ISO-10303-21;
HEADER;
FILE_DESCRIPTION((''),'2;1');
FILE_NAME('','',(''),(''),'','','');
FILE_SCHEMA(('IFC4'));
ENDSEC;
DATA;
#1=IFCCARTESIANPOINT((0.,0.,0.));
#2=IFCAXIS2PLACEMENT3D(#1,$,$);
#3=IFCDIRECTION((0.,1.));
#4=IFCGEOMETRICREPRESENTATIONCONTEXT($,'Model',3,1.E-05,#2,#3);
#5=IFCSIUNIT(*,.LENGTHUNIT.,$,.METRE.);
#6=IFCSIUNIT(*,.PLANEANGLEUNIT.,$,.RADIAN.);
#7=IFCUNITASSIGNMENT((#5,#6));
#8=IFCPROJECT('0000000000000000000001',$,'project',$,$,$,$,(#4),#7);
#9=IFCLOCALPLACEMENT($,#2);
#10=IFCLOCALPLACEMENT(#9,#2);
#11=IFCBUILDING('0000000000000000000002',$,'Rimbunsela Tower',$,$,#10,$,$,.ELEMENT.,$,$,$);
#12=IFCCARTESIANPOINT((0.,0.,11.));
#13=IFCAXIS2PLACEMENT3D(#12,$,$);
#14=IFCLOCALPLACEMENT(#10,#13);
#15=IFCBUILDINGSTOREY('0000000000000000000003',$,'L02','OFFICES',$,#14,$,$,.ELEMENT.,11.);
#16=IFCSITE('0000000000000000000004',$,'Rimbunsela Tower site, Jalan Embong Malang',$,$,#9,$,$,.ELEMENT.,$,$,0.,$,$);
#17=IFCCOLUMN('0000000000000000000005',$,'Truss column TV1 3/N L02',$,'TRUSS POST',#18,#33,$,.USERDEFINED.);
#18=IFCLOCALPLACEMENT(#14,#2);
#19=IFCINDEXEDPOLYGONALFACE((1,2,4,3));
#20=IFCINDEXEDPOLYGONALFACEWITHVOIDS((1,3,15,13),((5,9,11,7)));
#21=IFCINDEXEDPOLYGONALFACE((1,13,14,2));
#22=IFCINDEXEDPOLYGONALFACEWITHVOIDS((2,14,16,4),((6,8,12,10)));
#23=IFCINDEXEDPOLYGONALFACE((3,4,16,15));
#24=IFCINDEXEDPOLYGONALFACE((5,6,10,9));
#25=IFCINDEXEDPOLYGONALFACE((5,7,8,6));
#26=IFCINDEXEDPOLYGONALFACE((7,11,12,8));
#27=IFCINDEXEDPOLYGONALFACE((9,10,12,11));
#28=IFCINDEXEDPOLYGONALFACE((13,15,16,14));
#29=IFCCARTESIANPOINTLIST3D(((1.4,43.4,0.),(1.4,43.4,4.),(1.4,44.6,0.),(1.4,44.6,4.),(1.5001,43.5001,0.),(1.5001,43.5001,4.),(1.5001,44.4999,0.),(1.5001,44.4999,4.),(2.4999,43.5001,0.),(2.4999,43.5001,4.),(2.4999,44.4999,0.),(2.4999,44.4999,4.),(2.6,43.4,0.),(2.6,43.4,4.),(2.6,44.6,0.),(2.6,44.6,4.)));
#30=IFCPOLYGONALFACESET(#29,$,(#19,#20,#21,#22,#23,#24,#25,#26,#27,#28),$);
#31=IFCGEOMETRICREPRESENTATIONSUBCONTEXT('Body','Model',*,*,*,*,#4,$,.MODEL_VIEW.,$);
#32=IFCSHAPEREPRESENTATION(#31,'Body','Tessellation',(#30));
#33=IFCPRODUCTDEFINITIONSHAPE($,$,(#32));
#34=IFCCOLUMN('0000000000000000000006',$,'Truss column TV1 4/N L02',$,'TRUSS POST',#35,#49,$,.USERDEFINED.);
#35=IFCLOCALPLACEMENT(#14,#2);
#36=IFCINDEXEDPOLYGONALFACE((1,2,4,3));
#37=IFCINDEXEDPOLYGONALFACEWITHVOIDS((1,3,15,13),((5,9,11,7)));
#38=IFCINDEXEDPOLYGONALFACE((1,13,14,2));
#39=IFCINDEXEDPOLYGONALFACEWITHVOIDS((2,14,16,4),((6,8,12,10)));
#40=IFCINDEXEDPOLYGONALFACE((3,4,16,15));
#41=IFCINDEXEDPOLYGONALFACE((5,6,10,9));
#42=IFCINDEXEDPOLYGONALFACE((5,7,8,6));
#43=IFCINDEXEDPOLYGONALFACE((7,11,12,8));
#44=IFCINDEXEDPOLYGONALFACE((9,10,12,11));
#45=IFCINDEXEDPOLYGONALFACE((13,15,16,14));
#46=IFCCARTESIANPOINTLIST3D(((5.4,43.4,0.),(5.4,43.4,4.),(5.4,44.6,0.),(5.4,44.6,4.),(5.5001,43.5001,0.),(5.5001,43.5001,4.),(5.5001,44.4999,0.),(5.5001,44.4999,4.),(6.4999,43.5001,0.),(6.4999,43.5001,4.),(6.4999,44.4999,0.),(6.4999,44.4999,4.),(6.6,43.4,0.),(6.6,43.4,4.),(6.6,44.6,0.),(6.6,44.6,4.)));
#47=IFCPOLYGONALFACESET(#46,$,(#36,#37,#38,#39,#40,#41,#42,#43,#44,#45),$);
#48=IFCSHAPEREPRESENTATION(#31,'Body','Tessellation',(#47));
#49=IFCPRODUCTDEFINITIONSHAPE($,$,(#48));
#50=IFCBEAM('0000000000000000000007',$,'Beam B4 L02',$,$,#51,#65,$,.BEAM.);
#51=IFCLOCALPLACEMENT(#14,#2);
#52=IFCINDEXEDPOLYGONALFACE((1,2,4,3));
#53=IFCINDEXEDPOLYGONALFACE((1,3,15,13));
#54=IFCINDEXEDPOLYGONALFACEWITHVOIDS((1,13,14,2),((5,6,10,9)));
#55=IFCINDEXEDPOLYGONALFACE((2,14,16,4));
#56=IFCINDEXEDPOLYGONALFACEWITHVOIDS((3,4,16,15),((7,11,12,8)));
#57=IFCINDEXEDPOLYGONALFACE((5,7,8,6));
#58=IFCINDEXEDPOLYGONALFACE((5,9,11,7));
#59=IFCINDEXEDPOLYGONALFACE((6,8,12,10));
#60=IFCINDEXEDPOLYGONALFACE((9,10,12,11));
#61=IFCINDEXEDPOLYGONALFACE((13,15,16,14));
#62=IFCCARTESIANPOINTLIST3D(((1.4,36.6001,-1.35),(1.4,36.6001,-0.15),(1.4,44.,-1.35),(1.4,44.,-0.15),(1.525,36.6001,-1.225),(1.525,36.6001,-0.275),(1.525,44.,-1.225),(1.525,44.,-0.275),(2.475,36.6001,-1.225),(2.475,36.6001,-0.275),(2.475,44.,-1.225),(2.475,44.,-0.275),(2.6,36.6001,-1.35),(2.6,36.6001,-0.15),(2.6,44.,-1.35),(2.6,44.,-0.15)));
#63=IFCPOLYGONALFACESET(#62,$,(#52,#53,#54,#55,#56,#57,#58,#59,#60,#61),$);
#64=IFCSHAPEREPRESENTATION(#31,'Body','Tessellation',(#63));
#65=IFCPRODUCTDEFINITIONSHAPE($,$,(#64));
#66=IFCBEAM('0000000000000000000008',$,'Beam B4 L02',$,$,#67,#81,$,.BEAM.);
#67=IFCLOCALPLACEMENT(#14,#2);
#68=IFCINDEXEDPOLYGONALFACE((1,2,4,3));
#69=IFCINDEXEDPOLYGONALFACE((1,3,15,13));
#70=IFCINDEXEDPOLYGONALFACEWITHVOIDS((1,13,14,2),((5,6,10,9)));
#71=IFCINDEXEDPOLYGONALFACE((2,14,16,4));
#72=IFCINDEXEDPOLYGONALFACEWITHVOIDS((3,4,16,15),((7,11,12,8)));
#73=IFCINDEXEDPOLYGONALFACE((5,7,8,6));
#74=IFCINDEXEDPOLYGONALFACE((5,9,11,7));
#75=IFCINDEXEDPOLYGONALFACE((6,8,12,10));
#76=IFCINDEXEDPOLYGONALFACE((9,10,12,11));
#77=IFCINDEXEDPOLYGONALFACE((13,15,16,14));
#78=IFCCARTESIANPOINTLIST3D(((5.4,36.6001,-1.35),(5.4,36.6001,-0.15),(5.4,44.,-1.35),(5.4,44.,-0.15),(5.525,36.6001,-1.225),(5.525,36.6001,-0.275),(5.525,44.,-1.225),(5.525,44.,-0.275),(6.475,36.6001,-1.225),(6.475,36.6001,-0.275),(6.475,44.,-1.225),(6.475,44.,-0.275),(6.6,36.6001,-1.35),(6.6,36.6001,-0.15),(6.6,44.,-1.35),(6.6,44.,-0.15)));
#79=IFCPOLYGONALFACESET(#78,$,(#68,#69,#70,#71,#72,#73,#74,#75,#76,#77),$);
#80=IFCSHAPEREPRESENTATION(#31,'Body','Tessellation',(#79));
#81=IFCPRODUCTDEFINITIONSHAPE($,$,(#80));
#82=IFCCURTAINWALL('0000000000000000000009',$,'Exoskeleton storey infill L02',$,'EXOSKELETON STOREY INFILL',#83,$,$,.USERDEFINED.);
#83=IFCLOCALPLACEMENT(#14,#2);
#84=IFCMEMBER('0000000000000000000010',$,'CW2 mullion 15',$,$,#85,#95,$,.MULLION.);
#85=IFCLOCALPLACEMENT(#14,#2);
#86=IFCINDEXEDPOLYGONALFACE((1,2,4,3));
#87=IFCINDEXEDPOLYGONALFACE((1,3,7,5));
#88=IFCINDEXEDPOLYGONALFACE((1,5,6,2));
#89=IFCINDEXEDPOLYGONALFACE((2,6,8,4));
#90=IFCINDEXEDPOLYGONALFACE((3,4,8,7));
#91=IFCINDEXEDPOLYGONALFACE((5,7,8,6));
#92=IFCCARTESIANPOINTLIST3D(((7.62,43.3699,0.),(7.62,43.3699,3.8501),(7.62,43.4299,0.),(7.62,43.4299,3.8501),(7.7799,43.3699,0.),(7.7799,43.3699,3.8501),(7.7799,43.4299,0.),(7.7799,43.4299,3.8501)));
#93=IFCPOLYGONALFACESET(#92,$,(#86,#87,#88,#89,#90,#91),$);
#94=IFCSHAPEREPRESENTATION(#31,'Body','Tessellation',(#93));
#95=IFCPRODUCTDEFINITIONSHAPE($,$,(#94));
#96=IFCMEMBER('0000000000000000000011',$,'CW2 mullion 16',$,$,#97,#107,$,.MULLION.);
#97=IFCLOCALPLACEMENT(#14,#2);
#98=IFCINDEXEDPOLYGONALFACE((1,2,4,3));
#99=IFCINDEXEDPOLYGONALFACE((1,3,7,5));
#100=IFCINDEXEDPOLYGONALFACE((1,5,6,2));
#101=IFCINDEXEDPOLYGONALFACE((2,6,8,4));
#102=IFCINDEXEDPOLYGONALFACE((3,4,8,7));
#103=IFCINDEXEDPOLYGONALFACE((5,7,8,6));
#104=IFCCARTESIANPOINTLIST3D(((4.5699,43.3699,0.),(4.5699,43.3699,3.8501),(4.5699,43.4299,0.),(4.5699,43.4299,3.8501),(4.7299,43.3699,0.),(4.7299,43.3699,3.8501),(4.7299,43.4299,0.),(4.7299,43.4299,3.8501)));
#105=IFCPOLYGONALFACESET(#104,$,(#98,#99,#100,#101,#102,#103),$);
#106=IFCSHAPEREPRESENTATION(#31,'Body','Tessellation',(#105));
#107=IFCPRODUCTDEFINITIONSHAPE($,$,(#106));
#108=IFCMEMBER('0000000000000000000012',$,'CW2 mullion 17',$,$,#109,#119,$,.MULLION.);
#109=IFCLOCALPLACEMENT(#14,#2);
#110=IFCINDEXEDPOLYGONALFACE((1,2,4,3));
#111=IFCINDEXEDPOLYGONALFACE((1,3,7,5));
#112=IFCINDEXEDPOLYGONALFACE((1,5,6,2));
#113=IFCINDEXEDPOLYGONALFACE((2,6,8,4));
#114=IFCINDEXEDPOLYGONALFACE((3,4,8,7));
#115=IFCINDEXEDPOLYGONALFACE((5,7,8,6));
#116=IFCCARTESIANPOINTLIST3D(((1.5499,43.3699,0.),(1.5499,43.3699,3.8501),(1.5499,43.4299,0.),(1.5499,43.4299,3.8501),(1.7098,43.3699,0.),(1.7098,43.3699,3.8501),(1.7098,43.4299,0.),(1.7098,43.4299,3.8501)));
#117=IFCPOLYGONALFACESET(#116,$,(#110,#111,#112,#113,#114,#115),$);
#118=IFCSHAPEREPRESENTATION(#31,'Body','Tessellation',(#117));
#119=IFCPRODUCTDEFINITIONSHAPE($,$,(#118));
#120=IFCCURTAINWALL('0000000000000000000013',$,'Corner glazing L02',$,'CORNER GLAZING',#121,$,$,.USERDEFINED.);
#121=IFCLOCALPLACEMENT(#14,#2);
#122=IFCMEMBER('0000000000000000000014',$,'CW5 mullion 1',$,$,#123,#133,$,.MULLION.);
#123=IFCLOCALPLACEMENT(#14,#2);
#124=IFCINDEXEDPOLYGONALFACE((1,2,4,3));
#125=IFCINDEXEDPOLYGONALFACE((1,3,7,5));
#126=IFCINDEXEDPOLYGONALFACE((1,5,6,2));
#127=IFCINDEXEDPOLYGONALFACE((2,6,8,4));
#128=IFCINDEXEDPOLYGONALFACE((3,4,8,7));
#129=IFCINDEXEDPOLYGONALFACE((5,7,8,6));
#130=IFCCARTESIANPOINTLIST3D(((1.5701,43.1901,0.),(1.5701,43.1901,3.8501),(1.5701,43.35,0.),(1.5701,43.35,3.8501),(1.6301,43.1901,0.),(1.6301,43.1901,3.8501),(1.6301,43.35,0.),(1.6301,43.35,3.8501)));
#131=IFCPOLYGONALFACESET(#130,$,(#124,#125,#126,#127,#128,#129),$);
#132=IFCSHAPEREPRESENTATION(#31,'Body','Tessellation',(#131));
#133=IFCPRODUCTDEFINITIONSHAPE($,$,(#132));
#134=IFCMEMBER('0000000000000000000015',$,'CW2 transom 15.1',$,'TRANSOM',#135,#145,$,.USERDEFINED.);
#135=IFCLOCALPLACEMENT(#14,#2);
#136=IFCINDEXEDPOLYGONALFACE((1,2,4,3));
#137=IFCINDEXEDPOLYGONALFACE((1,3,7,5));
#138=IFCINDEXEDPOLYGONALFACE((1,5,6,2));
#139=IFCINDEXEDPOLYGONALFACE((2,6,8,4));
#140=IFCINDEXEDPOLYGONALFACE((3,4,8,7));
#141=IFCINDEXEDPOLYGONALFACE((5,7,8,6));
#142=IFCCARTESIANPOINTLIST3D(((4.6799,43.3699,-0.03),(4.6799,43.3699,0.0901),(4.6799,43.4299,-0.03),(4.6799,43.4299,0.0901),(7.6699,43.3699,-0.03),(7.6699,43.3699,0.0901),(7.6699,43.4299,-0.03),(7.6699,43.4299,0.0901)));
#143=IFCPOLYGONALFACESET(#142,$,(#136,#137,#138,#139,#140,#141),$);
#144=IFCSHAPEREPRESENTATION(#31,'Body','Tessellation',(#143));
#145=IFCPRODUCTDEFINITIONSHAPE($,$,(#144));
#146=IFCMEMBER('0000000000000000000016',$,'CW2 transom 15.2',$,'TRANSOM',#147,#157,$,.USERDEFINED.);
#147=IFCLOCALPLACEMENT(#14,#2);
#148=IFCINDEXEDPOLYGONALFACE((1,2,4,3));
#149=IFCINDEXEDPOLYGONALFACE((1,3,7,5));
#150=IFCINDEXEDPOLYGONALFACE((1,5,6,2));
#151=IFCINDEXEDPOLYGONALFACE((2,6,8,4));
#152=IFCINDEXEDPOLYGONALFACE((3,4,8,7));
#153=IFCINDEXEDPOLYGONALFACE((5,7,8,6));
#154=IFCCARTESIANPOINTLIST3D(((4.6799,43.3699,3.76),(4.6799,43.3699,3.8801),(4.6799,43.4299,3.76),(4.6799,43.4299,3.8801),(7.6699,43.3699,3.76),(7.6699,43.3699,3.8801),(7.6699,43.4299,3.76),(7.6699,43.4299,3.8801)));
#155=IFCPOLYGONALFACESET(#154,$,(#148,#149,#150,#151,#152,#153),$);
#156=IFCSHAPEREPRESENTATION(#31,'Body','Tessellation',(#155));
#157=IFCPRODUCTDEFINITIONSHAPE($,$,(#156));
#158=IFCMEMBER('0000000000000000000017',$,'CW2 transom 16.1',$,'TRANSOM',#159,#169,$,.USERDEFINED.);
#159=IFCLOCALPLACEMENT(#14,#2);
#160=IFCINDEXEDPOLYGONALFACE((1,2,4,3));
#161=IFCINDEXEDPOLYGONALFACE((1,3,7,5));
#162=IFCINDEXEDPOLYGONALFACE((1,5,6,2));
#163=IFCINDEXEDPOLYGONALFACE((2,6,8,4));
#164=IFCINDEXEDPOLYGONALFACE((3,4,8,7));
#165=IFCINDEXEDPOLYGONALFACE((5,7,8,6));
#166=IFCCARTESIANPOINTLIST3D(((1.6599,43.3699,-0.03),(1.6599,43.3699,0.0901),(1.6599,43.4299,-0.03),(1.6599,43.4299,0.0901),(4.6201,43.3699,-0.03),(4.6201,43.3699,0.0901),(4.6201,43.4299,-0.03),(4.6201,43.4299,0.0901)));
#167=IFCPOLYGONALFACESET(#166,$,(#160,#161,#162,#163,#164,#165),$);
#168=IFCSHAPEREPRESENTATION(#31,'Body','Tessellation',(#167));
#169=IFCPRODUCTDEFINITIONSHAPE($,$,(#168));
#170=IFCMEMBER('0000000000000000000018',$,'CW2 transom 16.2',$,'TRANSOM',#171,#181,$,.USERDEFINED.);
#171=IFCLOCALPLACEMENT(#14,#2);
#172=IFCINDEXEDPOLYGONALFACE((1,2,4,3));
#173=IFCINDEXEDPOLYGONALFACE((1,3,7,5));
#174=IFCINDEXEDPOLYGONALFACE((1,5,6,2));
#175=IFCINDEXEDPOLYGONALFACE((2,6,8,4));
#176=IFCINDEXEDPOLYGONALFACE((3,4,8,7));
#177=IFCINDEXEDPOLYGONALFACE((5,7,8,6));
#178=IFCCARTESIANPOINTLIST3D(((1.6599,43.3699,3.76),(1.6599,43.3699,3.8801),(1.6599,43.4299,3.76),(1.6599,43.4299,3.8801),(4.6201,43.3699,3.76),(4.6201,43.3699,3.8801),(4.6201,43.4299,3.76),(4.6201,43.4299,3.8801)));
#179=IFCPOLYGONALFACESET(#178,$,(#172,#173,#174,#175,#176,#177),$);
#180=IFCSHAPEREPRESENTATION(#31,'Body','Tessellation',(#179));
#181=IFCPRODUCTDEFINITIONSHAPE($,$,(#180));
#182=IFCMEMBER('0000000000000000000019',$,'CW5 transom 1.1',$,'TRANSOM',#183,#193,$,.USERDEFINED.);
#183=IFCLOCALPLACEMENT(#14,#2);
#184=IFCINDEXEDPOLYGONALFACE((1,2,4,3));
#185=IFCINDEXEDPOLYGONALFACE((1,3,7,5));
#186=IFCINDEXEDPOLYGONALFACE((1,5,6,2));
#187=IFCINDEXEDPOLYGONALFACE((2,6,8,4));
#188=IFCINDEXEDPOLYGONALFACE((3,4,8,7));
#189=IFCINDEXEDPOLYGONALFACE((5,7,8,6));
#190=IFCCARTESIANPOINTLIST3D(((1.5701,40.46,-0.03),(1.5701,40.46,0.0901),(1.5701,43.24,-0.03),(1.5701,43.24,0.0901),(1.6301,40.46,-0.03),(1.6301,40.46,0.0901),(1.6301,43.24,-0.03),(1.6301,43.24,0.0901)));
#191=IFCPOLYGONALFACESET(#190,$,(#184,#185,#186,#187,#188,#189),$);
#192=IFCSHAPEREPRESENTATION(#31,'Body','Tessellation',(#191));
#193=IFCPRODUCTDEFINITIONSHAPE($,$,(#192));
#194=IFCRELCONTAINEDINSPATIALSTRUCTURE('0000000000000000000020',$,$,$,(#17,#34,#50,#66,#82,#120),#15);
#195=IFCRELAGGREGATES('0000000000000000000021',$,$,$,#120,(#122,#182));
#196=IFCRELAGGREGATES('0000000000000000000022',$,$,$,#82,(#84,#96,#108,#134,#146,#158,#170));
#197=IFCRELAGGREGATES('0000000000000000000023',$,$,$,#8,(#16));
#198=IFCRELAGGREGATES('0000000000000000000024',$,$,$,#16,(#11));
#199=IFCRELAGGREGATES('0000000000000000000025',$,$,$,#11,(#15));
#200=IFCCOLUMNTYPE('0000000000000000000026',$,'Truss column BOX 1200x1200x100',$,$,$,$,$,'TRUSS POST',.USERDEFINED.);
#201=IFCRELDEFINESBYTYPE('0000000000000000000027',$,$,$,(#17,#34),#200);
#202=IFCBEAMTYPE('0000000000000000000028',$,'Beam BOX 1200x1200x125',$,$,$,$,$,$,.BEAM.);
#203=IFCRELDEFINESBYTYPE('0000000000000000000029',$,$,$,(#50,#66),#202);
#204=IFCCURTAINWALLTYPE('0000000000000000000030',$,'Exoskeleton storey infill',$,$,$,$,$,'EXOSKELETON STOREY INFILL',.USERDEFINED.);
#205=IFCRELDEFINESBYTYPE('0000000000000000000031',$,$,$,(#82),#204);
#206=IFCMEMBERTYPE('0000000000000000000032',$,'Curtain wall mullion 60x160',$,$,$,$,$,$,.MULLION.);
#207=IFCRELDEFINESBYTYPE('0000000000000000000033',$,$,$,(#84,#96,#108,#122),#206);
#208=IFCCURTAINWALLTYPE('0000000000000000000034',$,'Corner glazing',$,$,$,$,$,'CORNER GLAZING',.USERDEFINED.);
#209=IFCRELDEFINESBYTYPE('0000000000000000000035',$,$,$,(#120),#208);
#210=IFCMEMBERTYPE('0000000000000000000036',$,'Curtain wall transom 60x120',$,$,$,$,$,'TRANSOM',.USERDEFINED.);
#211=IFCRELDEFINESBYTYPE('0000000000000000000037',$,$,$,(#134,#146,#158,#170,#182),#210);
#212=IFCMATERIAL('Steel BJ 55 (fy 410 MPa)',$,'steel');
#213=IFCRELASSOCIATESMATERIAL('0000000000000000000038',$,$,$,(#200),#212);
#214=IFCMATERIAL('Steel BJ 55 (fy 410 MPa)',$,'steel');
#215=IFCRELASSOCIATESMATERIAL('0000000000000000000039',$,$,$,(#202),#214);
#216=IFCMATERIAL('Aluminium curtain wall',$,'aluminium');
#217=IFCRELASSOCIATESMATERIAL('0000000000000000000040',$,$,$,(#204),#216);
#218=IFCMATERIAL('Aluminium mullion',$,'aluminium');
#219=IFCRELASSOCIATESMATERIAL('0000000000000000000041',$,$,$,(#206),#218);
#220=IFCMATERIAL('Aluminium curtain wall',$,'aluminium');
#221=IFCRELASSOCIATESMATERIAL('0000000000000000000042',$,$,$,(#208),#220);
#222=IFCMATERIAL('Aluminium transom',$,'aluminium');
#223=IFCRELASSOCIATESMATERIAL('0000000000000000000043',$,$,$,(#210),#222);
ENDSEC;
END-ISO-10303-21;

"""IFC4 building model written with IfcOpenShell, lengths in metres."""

from ifc_helpers import new_model, si_unit, direction, frame, origin, origin_2d, place, context, subcontext, project, spatial, rectangle, hollow_rectangle, extrude, material, material_profile, profile_set, type_object, element, aggregate, save


model = new_model("IFC4")

# Units and contexts
model_context = context("Model", 3, precision=1e-05, world=origin(), true_north=direction((0.0, 1.0)))
body_context = subcontext(model_context, "Body", "Model", "MODEL_VIEW")
ifc_project = project(units=[si_unit("LENGTHUNIT", "METRE"), si_unit("PLANEANGLEUNIT", "RADIAN")], contexts=[model_context])

# Site, building, storey
site_placement = place(None, origin())
site = spatial("IfcSite", under=ifc_project, at=site_placement, Name="Rimbunsela Tower site, Jalan Embong Malang", CompositionType="ELEMENT", RefElevation=0.0)
building_placement = place(site_placement, origin())
building = spatial("IfcBuilding", under=site, at=building_placement, Name="Rimbunsela Tower", CompositionType="ELEMENT")
storey_placement = place(building_placement, frame((0.0, 0.0, 11.0)))
storey = spatial("IfcBuildingStorey", under=building, at=storey_placement, Name="L02", Description="OFFICES", CompositionType="ELEMENT", Elevation=11.0)

# Columns
ifc_material_1 = material(Name="Steel BJ 55 (fy 410 MPa)", Category="steel")
ifc_material_profile_1 = material_profile(ifc_material_1, hollow_rectangle(XDim=1.2, YDim=1.2, WallThickness=0.1001, at=origin_2d()), Name="BOX 1200x1200x100")
ifc_profile_set_1 = profile_set([ifc_material_profile_1], Name="Steel BJ 55 (fy 410 MPa)")
column_type = type_object("IfcColumnType", Name="Truss column BOX 1200x1200x100", ElementType="TRUSS POST", PredefinedType="USERDEFINED", material=ifc_profile_set_1)
for number, where, z_axis, x_axis, name in (
    (1, (2.0, 44.0, 0.0), (0.0, 0.0, 1.0), (1.0, 0.0, 0.0), "Truss column TV1 3/N L02"),
    (2, (6.0, 44.0, 0.0), (0.0, 0.0, 1.0), (1.0, 0.0, 0.0), "Truss column TV1 4/N L02"),
):
    element("IfcColumn", number, at=place(storey_placement, frame(where, z_axis=z_axis, x_axis=x_axis)), inside=storey, type_object=column_type, Name=name, ObjectType="TRUSS POST", PredefinedType="USERDEFINED", context=body_context, shape_type="SweptSolid", body=[
        extrude(hollow_rectangle(XDim=1.2, YDim=1.2, WallThickness=0.1001, at=origin_2d()), origin(), (0.0, 0.0, 1.0), 4.0),
    ])

# Beams
ifc_material_2 = material(Name="Steel BJ 55 (fy 410 MPa)", Category="steel")
ifc_material_profile_2 = material_profile(ifc_material_2, hollow_rectangle(XDim=1.2, YDim=1.2, WallThickness=0.125, at=origin_2d()), Name="BOX 1200x1200x125")
ifc_profile_set_2 = profile_set([ifc_material_profile_2], Name="Steel BJ 55 (fy 410 MPa)")
beam_type_1 = type_object("IfcBeamType", Name="Beam BOX 1200x1200x125", PredefinedType="BEAM", material=ifc_profile_set_2)
for number, where, z_axis, x_axis, name in (
    (3, (2.0, 36.6001, -0.75), (0.0, 1.0, 0.0), (-1.0, 0.0, 0.0), "Beam B4 L02"),
    (4, (6.0, 36.6001, -0.75), (0.0, 1.0, 0.0), (-1.0, 0.0, 0.0), "Beam B4 L02"),
):
    element("IfcBeam", number, at=place(storey_placement, frame(where, z_axis=z_axis, x_axis=x_axis)), inside=storey, type_object=beam_type_1, Name=name, PredefinedType="BEAM", context=body_context, shape_type="SweptSolid", body=[
        extrude(hollow_rectangle(XDim=1.2, YDim=1.2, WallThickness=0.125, at=origin_2d()), origin(), (0.0, 0.0, 1.0), 7.3999),
    ])

# Curtain wall, members
ifc_material_3 = material(Name="Aluminium curtain wall", Category="aluminium")
curtain_wall_type_1 = type_object("IfcCurtainWallType", Name="Exoskeleton storey infill", ElementType="EXOSKELETON STOREY INFILL", PredefinedType="USERDEFINED", material=ifc_material_3)
curtain_wall_1_placement = place(storey_placement, origin())
curtain_wall_1 = element("IfcCurtainWall", 5, at=curtain_wall_1_placement, inside=storey, type_object=curtain_wall_type_1, Name="Exoskeleton storey infill L02", ObjectType="EXOSKELETON STOREY INFILL", PredefinedType="USERDEFINED")
ifc_material_4 = material(Name="Aluminium mullion", Category="aluminium")
ifc_material_profile_3 = material_profile(ifc_material_4, rectangle(XDim=0.0601, YDim=0.1599, at=origin_2d()), Name="Mullion 60x160")
ifc_profile_set_3 = profile_set([ifc_material_profile_3], Name="Aluminium mullion")
member_type_1 = type_object("IfcMemberType", Name="Curtain wall mullion 60x160", PredefinedType="MULLION", material=ifc_profile_set_3)
member_1_placement = place(storey_placement, frame((7.7, 43.3999, 0.0), z_axis=(0.0, 0.0, 1.0), x_axis=(0.0, -1.0, 0.0)))
member_1 = element("IfcMember", 6, at=member_1_placement, type_object=member_type_1, Name="CW2 mullion 15", PredefinedType="MULLION", context=body_context, shape_type="SweptSolid", body=[
    extrude(rectangle(XDim=0.0601, YDim=0.1599, at=origin_2d()), origin(), (0.0, 0.0, 1.0), 3.8501),
])
member_2_placement = place(storey_placement, frame((4.6499, 43.3999, 0.0), z_axis=(0.0, 0.0, 1.0), x_axis=(0.0, -1.0, 0.0)))
member_2 = element("IfcMember", 7, at=member_2_placement, type_object=member_type_1, Name="CW2 mullion 16", PredefinedType="MULLION", context=body_context, shape_type="SweptSolid", body=[
    extrude(rectangle(XDim=0.0601, YDim=0.1599, at=origin_2d()), origin(), (0.0, 0.0, 1.0), 3.8501),
])
member_3_placement = place(storey_placement, frame((1.6299, 43.3999, 0.0), z_axis=(0.0, 0.0, 1.0), x_axis=(0.0, -1.0, 0.0)))
member_3 = element("IfcMember", 8, at=member_3_placement, type_object=member_type_1, Name="CW2 mullion 17", PredefinedType="MULLION", context=body_context, shape_type="SweptSolid", body=[
    extrude(rectangle(XDim=0.0601, YDim=0.1599, at=origin_2d()), origin(), (0.0, 0.0, 1.0), 3.8501),
])

# Curtain wall, member
ifc_material_5 = material(Name="Aluminium curtain wall", Category="aluminium")
curtain_wall_type_2 = type_object("IfcCurtainWallType", Name="Corner glazing", ElementType="CORNER GLAZING", PredefinedType="USERDEFINED", material=ifc_material_5)
curtain_wall_2_placement = place(storey_placement, origin())
curtain_wall_2 = element("IfcCurtainWall", 9, at=curtain_wall_2_placement, inside=storey, type_object=curtain_wall_type_2, Name="Corner glazing L02", ObjectType="CORNER GLAZING", PredefinedType="USERDEFINED")
member_4_placement = place(storey_placement, frame((1.6001, 43.27, 0.0), z_axis=(0.0, 0.0, 1.0), x_axis=(1.0, 0.0, 0.0)))
member_4 = element("IfcMember", 10, at=member_4_placement, type_object=member_type_1, Name="CW5 mullion 1", PredefinedType="MULLION", context=body_context, shape_type="SweptSolid", body=[
    extrude(rectangle(XDim=0.0601, YDim=0.1599, at=origin_2d()), origin(), (0.0, 0.0, 1.0), 3.8501),
])

# Members
ifc_material_6 = material(Name="Aluminium transom", Category="aluminium")
ifc_material_profile_4 = material_profile(ifc_material_6, rectangle(XDim=0.0601, YDim=0.1201, at=origin_2d()), Name="Transom 60x120")
ifc_profile_set_4 = profile_set([ifc_material_profile_4], Name="Aluminium transom")
member_type_2 = type_object("IfcMemberType", Name="Curtain wall transom 60x120", ElementType="TRANSOM", PredefinedType="USERDEFINED", material=ifc_profile_set_4)
member_5_placement = place(storey_placement, frame((7.6699, 43.3999, 0.03), z_axis=(-1.0, 0.0, 0.0), x_axis=(0.0, -1.0, 0.0)))
member_5 = element("IfcMember", 11, at=member_5_placement, type_object=member_type_2, Name="CW2 transom 15.1", ObjectType="TRANSOM", PredefinedType="USERDEFINED", context=body_context, shape_type="SweptSolid", body=[
    extrude(rectangle(XDim=0.0601, YDim=0.1201, at=origin_2d()), origin(), (0.0, 0.0, 1.0), 2.99),
])
member_6_placement = place(storey_placement, frame((7.6699, 43.3999, 3.8201), z_axis=(-1.0, 0.0, 0.0), x_axis=(0.0, -1.0, 0.0)))
member_6 = element("IfcMember", 12, at=member_6_placement, type_object=member_type_2, Name="CW2 transom 15.2", ObjectType="TRANSOM", PredefinedType="USERDEFINED", context=body_context, shape_type="SweptSolid", body=[
    extrude(rectangle(XDim=0.0601, YDim=0.1201, at=origin_2d()), origin(), (0.0, 0.0, 1.0), 2.99),
])
member_7_placement = place(storey_placement, frame((4.6201, 43.3999, 0.03), z_axis=(-1.0, 0.0, 0.0), x_axis=(0.0, -1.0, 0.0)))
member_7 = element("IfcMember", 13, at=member_7_placement, type_object=member_type_2, Name="CW2 transom 16.1", ObjectType="TRANSOM", PredefinedType="USERDEFINED", context=body_context, shape_type="SweptSolid", body=[
    extrude(rectangle(XDim=0.0601, YDim=0.1201, at=origin_2d()), origin(), (0.0, 0.0, 1.0), 2.9602),
])
member_8_placement = place(storey_placement, frame((4.6201, 43.3999, 3.8201), z_axis=(-1.0, 0.0, 0.0), x_axis=(0.0, -1.0, 0.0)))
member_8 = element("IfcMember", 14, at=member_8_placement, type_object=member_type_2, Name="CW2 transom 16.2", ObjectType="TRANSOM", PredefinedType="USERDEFINED", context=body_context, shape_type="SweptSolid", body=[
    extrude(rectangle(XDim=0.0601, YDim=0.1201, at=origin_2d()), origin(), (0.0, 0.0, 1.0), 2.9602),
])
member_9_placement = place(storey_placement, frame((1.6001, 43.24, 0.03), z_axis=(0.0, -1.0, 0.0), x_axis=(1.0, 0.0, 0.0)))
member_9 = element("IfcMember", 15, at=member_9_placement, type_object=member_type_2, Name="CW5 transom 1.1", ObjectType="TRANSOM", PredefinedType="USERDEFINED", context=body_context, shape_type="SweptSolid", body=[
    extrude(rectangle(XDim=0.0601, YDim=0.1201, at=origin_2d()), origin(), (0.0, 0.0, 1.0), 2.78),
])
aggregate(curtain_wall_2, [member_4, member_9])

aggregate(curtain_wall_1, [member_1, member_2, member_3, member_5, member_6, member_7, member_8])

save(model, "model.ifc")
